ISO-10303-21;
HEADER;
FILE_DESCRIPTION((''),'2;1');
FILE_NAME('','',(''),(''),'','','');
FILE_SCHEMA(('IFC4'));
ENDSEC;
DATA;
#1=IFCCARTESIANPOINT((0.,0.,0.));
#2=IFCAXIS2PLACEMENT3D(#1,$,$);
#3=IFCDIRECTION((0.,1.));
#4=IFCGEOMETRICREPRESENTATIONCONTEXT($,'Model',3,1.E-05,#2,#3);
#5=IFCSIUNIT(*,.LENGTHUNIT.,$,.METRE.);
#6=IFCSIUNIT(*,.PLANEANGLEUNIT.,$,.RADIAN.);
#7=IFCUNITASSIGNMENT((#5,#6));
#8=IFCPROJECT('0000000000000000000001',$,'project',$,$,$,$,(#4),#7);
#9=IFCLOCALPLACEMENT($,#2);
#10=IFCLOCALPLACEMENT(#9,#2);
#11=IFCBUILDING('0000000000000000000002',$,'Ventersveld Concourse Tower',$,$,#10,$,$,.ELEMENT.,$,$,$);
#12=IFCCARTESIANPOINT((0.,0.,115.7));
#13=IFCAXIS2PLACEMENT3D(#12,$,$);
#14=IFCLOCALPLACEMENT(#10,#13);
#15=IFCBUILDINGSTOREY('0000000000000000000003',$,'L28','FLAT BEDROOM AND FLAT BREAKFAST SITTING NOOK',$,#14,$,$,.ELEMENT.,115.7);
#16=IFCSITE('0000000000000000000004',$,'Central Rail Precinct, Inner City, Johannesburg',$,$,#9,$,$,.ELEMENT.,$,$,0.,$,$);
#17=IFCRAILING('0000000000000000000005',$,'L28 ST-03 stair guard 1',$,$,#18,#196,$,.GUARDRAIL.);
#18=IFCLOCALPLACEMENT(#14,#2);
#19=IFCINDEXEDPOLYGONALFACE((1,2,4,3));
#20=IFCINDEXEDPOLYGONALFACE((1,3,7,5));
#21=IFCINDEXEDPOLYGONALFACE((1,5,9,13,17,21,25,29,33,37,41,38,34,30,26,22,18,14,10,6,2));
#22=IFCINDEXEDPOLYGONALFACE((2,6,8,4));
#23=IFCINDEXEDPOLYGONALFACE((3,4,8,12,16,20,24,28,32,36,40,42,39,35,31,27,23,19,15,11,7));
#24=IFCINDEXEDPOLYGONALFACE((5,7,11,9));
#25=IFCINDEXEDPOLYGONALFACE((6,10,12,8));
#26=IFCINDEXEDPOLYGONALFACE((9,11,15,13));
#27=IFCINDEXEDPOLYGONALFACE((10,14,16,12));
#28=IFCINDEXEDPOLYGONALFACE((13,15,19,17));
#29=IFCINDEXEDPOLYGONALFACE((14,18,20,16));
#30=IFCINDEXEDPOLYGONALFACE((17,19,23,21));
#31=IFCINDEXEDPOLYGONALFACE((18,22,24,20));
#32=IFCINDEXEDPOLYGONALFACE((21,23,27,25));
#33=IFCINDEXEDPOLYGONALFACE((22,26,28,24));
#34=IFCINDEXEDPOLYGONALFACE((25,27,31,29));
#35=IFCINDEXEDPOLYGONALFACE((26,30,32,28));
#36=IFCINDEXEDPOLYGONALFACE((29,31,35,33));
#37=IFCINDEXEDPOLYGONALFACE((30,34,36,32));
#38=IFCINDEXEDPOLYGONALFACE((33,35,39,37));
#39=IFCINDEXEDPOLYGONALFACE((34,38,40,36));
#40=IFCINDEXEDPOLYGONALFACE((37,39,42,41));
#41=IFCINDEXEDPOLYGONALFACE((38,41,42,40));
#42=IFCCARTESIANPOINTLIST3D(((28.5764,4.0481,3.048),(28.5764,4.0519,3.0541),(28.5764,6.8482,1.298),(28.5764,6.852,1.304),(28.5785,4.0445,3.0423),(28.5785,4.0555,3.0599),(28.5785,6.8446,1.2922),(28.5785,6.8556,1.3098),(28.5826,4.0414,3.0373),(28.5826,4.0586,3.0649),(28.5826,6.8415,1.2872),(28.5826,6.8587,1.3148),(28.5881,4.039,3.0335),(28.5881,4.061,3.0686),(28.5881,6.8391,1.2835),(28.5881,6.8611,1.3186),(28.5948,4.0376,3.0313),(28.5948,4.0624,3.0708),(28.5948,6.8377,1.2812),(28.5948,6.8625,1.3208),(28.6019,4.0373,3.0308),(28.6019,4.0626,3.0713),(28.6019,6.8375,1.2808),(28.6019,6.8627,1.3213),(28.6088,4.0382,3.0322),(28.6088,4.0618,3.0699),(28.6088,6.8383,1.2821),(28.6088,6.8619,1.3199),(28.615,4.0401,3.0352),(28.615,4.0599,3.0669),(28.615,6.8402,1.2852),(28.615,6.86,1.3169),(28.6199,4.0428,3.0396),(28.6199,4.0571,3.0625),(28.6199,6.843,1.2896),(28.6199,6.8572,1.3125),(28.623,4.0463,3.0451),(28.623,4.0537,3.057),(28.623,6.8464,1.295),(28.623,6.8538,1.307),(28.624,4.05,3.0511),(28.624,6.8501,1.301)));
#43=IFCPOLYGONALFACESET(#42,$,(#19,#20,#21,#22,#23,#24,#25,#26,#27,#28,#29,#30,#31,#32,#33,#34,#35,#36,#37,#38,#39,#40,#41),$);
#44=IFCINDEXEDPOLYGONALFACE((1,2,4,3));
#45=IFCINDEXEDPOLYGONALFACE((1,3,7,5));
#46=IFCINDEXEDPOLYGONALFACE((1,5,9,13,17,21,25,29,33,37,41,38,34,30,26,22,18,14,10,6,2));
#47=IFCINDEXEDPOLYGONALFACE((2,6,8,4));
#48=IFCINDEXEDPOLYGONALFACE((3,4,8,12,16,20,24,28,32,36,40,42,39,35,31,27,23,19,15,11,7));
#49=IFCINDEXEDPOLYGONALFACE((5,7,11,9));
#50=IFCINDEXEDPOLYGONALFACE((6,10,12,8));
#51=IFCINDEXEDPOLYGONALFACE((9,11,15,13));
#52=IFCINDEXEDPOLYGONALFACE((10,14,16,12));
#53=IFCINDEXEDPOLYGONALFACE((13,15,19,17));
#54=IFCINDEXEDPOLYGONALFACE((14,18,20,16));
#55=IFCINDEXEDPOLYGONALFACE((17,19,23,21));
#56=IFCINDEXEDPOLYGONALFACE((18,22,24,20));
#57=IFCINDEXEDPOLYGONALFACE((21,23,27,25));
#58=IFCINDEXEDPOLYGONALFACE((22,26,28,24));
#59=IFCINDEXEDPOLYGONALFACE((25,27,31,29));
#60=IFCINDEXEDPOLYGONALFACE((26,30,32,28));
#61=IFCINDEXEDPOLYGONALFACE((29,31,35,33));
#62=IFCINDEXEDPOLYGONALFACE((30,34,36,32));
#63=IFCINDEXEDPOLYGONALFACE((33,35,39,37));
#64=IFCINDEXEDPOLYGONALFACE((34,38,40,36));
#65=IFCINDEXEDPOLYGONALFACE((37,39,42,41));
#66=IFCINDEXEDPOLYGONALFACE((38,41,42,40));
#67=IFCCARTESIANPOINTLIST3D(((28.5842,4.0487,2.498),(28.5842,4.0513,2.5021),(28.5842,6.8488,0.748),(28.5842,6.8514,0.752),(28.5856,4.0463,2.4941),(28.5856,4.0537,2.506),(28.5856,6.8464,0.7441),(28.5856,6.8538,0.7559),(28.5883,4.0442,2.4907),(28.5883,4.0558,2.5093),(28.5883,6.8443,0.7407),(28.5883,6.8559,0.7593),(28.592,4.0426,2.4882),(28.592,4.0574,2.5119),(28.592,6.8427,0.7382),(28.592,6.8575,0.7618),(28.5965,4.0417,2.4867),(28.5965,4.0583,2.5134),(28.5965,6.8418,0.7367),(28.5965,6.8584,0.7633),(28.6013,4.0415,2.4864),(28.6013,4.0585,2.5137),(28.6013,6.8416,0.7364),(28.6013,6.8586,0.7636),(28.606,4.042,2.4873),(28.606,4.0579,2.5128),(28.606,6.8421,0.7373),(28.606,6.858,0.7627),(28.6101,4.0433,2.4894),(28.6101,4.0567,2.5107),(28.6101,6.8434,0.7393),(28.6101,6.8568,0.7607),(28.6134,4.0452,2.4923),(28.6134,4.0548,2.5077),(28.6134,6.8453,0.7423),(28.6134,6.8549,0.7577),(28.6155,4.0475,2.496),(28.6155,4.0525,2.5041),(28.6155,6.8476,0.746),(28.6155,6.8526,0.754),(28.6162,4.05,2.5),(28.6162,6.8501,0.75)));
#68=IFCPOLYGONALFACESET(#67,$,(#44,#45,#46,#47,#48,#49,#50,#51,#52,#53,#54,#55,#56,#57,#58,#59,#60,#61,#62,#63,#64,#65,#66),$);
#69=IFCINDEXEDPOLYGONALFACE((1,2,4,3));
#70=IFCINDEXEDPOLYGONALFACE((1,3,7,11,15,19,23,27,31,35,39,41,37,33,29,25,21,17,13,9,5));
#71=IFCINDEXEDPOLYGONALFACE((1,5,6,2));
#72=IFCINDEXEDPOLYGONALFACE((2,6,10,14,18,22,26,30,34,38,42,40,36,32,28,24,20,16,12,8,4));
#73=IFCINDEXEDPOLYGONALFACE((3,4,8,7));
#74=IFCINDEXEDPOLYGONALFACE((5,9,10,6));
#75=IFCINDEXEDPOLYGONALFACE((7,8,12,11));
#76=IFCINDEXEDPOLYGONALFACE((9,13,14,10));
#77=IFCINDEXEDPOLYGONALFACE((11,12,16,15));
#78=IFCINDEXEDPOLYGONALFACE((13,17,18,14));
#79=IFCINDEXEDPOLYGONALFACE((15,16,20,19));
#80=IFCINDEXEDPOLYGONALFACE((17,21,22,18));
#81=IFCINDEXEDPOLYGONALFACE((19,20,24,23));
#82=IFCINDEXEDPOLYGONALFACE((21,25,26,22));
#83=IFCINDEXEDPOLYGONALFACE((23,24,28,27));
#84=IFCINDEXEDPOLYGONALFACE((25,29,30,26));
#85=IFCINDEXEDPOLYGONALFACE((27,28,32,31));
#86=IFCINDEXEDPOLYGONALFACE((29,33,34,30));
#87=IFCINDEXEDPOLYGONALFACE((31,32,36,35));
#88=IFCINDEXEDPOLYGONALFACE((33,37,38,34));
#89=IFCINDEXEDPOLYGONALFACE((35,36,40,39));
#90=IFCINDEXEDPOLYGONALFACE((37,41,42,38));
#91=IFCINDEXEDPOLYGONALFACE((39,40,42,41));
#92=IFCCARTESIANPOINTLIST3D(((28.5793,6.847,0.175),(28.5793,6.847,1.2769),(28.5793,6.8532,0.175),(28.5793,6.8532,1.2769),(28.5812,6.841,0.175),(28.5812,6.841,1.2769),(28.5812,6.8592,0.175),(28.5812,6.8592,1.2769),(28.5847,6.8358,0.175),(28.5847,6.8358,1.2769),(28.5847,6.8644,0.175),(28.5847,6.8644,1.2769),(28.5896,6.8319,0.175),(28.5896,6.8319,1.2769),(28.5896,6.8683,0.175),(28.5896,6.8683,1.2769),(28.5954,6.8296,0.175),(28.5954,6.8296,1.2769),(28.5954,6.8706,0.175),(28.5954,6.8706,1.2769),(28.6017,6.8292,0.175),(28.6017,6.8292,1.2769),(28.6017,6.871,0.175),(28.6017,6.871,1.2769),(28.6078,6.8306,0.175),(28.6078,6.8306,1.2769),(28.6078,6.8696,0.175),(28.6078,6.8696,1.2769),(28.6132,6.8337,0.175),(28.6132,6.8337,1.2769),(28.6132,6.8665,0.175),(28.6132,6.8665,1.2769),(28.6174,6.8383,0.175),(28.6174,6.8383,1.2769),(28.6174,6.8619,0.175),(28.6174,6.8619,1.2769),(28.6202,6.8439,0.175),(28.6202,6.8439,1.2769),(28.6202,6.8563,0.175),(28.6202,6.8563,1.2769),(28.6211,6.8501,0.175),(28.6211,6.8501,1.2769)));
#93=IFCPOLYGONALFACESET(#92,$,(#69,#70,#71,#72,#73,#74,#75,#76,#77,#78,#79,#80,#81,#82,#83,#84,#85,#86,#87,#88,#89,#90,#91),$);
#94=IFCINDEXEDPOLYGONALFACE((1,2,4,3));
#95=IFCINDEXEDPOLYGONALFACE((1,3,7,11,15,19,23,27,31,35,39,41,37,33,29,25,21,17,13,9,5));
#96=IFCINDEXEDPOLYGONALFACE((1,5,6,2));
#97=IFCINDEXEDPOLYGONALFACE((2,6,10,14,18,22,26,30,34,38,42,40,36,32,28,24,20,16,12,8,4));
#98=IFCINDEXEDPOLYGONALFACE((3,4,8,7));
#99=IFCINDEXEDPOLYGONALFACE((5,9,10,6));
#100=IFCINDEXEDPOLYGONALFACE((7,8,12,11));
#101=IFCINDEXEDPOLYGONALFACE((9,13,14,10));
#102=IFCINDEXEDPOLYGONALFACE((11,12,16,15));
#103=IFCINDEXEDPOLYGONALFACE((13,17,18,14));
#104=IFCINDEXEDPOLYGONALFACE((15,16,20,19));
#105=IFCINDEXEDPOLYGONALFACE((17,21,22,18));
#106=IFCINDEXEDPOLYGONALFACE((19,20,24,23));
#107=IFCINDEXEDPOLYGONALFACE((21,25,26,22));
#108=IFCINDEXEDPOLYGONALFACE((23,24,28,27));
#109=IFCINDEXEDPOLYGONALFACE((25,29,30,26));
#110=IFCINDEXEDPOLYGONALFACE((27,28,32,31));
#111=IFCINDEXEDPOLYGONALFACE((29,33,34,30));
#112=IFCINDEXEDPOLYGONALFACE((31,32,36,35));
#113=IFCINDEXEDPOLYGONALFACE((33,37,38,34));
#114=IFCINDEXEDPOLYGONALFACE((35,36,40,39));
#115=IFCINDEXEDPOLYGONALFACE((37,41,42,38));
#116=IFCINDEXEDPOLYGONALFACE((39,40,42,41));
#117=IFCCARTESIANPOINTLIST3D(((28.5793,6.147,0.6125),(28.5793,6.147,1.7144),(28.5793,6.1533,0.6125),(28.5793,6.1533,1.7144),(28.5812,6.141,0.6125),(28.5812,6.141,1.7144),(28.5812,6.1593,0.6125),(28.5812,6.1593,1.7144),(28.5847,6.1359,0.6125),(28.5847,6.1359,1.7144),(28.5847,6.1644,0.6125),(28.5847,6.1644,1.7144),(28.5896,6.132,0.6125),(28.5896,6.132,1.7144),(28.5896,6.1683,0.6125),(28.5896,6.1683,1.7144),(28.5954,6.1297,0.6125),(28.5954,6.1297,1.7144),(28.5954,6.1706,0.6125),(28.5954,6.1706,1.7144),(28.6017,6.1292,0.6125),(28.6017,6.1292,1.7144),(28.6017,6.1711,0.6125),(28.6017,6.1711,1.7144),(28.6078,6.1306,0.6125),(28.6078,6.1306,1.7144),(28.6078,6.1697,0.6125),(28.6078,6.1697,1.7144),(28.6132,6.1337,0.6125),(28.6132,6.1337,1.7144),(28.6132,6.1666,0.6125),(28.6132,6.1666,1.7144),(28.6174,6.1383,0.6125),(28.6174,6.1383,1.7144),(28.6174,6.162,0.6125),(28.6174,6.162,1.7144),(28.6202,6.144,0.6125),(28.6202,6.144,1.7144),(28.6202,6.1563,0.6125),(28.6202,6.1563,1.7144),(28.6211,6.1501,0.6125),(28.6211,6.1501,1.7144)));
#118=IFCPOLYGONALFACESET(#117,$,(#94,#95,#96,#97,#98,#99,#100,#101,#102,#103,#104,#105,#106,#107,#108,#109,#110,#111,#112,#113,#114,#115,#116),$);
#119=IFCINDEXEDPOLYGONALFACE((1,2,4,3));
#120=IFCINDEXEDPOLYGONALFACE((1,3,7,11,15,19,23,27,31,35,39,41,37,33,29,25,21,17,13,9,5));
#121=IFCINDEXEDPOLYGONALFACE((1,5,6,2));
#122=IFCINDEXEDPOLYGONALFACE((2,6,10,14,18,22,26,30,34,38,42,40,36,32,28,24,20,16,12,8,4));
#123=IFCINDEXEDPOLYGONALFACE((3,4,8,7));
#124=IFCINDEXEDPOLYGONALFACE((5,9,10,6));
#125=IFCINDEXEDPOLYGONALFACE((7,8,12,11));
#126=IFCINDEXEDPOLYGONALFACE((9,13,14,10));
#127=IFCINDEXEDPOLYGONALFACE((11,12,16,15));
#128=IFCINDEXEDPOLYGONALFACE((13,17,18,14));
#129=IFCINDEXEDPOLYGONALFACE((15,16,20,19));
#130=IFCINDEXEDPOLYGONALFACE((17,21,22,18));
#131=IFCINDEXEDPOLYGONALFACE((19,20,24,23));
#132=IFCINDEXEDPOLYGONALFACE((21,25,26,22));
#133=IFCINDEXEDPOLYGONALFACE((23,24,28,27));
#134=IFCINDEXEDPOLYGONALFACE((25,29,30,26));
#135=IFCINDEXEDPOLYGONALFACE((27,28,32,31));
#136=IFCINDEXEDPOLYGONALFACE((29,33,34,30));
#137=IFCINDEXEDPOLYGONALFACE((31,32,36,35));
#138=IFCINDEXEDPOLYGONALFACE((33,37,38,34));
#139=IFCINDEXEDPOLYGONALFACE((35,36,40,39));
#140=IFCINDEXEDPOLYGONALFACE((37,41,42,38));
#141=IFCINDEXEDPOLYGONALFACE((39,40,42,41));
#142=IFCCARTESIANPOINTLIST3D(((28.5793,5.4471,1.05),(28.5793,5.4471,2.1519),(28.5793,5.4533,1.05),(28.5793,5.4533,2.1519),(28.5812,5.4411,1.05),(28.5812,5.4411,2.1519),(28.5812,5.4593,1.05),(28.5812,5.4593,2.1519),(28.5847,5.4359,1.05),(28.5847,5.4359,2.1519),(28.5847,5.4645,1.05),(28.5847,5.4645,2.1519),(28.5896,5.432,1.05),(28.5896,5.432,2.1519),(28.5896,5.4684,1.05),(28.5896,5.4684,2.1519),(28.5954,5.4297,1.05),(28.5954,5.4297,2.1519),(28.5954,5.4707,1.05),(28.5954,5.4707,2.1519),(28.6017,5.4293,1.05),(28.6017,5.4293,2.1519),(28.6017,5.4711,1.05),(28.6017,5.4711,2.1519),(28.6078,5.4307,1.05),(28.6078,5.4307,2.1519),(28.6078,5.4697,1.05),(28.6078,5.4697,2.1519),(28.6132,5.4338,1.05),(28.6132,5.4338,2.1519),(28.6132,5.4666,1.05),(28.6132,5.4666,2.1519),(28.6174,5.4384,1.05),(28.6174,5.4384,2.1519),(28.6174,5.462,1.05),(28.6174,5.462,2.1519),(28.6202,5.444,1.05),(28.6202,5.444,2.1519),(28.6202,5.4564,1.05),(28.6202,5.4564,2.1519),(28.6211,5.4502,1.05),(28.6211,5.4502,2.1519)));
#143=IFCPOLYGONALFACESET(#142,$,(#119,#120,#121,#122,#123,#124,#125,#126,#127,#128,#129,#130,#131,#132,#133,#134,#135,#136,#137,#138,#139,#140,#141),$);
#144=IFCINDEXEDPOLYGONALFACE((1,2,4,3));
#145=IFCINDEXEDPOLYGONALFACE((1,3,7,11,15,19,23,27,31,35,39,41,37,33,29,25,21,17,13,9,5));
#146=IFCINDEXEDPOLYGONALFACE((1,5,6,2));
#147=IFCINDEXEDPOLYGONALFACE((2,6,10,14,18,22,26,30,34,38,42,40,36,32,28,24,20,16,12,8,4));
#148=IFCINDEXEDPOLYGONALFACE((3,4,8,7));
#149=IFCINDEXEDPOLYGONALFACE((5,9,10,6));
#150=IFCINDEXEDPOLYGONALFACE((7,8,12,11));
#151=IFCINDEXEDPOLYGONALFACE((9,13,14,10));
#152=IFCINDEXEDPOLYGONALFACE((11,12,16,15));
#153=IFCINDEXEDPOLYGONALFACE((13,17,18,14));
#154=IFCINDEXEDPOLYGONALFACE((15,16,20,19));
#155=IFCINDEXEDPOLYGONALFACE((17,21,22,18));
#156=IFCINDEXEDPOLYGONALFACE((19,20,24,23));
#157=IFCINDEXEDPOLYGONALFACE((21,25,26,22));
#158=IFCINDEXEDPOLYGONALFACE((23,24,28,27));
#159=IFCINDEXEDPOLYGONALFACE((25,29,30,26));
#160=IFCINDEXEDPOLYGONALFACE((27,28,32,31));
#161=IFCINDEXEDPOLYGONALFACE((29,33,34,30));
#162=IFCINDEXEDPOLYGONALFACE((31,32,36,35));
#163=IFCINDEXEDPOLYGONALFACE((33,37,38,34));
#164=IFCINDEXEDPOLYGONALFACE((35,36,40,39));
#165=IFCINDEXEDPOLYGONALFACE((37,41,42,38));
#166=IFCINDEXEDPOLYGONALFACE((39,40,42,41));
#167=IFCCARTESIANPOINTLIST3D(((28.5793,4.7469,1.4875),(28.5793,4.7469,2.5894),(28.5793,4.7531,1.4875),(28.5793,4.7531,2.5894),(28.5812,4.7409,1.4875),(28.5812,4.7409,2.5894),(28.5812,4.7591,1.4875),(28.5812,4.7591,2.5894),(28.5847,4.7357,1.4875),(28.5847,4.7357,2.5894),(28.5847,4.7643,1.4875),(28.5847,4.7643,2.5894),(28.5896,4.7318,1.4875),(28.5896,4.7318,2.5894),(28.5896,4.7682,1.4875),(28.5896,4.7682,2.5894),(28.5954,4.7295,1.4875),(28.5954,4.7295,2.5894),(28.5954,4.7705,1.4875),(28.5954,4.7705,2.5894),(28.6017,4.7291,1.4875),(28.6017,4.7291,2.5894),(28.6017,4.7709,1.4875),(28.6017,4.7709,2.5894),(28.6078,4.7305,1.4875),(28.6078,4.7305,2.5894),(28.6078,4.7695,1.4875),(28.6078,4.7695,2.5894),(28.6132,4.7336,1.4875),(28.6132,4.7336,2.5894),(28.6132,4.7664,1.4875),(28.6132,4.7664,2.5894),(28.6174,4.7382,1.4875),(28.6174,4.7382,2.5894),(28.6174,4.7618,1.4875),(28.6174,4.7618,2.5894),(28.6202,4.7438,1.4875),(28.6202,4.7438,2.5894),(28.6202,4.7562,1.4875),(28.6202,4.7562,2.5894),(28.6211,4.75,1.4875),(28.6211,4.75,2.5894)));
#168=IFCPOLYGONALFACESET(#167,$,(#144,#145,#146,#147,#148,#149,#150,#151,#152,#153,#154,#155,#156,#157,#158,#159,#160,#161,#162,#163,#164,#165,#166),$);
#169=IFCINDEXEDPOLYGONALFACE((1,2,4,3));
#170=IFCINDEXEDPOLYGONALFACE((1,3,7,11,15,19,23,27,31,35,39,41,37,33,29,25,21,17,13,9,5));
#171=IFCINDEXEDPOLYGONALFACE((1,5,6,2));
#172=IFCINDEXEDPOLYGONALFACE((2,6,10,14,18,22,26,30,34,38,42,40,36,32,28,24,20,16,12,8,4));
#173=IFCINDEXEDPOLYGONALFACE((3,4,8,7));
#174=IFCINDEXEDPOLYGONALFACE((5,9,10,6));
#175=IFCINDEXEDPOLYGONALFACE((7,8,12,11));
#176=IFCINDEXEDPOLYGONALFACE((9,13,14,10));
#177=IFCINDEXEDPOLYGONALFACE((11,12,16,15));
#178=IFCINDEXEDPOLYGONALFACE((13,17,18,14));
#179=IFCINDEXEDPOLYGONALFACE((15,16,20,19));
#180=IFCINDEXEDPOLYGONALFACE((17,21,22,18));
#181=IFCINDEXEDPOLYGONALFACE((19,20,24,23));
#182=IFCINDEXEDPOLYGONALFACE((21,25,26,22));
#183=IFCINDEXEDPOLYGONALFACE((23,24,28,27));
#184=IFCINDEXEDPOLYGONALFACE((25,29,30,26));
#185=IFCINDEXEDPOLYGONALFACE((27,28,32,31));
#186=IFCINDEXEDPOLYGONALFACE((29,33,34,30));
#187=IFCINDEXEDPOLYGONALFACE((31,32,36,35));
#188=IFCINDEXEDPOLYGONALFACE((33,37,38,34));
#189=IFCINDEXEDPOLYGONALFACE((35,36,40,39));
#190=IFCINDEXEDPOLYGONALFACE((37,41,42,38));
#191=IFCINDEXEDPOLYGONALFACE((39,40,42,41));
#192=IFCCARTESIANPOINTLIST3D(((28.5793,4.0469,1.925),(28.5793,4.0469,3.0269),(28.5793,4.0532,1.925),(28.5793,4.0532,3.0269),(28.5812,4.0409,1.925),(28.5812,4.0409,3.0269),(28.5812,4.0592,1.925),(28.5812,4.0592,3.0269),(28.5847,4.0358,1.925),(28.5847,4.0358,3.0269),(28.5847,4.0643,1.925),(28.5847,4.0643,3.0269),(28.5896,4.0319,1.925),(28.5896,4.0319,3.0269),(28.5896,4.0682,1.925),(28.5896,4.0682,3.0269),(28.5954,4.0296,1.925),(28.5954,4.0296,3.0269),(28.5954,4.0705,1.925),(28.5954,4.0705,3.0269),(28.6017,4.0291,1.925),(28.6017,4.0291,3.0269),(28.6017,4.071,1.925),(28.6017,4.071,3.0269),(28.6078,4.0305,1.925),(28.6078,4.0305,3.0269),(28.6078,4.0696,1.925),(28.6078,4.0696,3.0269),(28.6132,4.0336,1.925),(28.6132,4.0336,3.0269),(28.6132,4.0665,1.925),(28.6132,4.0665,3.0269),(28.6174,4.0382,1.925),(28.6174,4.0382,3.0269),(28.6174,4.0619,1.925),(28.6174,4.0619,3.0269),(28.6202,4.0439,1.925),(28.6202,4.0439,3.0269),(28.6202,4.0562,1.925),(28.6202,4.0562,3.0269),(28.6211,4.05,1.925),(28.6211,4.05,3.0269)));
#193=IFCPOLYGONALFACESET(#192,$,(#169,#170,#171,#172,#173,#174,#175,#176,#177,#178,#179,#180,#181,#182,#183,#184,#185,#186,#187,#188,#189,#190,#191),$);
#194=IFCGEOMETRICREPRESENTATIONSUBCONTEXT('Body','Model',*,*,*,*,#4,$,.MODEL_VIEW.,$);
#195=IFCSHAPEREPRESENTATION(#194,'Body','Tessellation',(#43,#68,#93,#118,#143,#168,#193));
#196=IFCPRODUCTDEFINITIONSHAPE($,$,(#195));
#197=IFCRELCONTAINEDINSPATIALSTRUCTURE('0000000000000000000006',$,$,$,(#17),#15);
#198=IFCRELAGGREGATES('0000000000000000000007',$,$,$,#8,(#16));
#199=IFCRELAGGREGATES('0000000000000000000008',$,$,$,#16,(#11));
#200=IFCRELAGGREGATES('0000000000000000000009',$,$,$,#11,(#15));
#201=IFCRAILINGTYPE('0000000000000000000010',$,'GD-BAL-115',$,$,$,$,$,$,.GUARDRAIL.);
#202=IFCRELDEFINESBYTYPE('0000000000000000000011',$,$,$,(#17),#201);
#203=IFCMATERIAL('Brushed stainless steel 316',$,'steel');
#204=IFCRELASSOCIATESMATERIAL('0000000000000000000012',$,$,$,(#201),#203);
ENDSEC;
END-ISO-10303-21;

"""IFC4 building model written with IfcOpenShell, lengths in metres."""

from ifc_helpers import new_model, si_unit, direction, frame, origin, origin_2d, place, context, subcontext, project, spatial, circle, extrude, material, type_object, element, save


model = new_model("IFC4")

# Units and contexts
model_context = context("Model", 3, precision=1e-05, world=origin(), true_north=direction((0.0, 1.0)))
body_context = subcontext(model_context, "Body", "Model", "MODEL_VIEW")
ifc_project = project(units=[si_unit("LENGTHUNIT", "METRE"), si_unit("PLANEANGLEUNIT", "RADIAN")], contexts=[model_context])

# Site, building, storey
site_placement = place(None, origin())
site = spatial("IfcSite", under=ifc_project, at=site_placement, Name="Central Rail Precinct, Inner City, Johannesburg", CompositionType="ELEMENT", RefElevation=0.0)
building_placement = place(site_placement, origin())
building = spatial("IfcBuilding", under=site, at=building_placement, Name="Ventersveld Concourse Tower", CompositionType="ELEMENT")
storey_placement = place(building_placement, frame((0.0, 0.0, 115.7)))
storey = spatial("IfcBuildingStorey", under=building, at=storey_placement, Name="L28", Description="FLAT BEDROOM AND FLAT BREAKFAST SITTING NOOK", CompositionType="ELEMENT", Elevation=115.7)

# Shared definitions
ifc_material_1 = material(Name="Brushed stainless steel 316", Category="steel")

# Railing
railing_type = type_object("IfcRailingType", Name="GD-BAL-115", PredefinedType="GUARDRAIL", material=ifc_material_1)
railing_1_placement = place(storey_placement, frame((28.6001, 6.8501, 0.175)))
element("IfcRailing", 1, at=railing_1_placement, inside=storey, type_object=railing_type, Name="L28 ST-03 stair guard 1", PredefinedType="GUARDRAIL", context=body_context, shape_type="SweptSolid", body=[
    extrude(circle(Radius=0.0239, at=origin_2d()), frame((0.0, 0.0, 1.126), z_axis=(0.0, -0.848002, 0.529992), x_axis=(1.0, 0.0, 0.0)), (0.0, 0.0, 1.0), 3.302),
    extrude(circle(Radius=0.0161, at=origin_2d()), frame((0.0, 0.0, 0.575), z_axis=(0.0, -0.848002, 0.529992), x_axis=(1.0, 0.0, 0.0)), (0.0, 0.0, 1.0), 3.302),
    extrude(circle(Radius=0.021, at=origin_2d()), origin(), (0.0, 0.0, 1.0), 1.1018),
    extrude(circle(Radius=0.021, at=origin_2d()), frame((0.0, -0.7, 0.4375)), (0.0, 0.0, 1.0), 1.1018),
    extrude(circle(Radius=0.021, at=origin_2d()), frame((0.0, -1.3999, 0.875)), (0.0, 0.0, 1.0), 1.1018),
    extrude(circle(Radius=0.021, at=origin_2d()), frame((0.0, -2.1001, 1.3125)), (0.0, 0.0, 1.0), 1.1018),
    extrude(circle(Radius=0.021, at=origin_2d()), frame((0.0, -2.8, 1.75)), (0.0, 0.0, 1.0), 1.1018),
])

save(model, "model.ifc")
